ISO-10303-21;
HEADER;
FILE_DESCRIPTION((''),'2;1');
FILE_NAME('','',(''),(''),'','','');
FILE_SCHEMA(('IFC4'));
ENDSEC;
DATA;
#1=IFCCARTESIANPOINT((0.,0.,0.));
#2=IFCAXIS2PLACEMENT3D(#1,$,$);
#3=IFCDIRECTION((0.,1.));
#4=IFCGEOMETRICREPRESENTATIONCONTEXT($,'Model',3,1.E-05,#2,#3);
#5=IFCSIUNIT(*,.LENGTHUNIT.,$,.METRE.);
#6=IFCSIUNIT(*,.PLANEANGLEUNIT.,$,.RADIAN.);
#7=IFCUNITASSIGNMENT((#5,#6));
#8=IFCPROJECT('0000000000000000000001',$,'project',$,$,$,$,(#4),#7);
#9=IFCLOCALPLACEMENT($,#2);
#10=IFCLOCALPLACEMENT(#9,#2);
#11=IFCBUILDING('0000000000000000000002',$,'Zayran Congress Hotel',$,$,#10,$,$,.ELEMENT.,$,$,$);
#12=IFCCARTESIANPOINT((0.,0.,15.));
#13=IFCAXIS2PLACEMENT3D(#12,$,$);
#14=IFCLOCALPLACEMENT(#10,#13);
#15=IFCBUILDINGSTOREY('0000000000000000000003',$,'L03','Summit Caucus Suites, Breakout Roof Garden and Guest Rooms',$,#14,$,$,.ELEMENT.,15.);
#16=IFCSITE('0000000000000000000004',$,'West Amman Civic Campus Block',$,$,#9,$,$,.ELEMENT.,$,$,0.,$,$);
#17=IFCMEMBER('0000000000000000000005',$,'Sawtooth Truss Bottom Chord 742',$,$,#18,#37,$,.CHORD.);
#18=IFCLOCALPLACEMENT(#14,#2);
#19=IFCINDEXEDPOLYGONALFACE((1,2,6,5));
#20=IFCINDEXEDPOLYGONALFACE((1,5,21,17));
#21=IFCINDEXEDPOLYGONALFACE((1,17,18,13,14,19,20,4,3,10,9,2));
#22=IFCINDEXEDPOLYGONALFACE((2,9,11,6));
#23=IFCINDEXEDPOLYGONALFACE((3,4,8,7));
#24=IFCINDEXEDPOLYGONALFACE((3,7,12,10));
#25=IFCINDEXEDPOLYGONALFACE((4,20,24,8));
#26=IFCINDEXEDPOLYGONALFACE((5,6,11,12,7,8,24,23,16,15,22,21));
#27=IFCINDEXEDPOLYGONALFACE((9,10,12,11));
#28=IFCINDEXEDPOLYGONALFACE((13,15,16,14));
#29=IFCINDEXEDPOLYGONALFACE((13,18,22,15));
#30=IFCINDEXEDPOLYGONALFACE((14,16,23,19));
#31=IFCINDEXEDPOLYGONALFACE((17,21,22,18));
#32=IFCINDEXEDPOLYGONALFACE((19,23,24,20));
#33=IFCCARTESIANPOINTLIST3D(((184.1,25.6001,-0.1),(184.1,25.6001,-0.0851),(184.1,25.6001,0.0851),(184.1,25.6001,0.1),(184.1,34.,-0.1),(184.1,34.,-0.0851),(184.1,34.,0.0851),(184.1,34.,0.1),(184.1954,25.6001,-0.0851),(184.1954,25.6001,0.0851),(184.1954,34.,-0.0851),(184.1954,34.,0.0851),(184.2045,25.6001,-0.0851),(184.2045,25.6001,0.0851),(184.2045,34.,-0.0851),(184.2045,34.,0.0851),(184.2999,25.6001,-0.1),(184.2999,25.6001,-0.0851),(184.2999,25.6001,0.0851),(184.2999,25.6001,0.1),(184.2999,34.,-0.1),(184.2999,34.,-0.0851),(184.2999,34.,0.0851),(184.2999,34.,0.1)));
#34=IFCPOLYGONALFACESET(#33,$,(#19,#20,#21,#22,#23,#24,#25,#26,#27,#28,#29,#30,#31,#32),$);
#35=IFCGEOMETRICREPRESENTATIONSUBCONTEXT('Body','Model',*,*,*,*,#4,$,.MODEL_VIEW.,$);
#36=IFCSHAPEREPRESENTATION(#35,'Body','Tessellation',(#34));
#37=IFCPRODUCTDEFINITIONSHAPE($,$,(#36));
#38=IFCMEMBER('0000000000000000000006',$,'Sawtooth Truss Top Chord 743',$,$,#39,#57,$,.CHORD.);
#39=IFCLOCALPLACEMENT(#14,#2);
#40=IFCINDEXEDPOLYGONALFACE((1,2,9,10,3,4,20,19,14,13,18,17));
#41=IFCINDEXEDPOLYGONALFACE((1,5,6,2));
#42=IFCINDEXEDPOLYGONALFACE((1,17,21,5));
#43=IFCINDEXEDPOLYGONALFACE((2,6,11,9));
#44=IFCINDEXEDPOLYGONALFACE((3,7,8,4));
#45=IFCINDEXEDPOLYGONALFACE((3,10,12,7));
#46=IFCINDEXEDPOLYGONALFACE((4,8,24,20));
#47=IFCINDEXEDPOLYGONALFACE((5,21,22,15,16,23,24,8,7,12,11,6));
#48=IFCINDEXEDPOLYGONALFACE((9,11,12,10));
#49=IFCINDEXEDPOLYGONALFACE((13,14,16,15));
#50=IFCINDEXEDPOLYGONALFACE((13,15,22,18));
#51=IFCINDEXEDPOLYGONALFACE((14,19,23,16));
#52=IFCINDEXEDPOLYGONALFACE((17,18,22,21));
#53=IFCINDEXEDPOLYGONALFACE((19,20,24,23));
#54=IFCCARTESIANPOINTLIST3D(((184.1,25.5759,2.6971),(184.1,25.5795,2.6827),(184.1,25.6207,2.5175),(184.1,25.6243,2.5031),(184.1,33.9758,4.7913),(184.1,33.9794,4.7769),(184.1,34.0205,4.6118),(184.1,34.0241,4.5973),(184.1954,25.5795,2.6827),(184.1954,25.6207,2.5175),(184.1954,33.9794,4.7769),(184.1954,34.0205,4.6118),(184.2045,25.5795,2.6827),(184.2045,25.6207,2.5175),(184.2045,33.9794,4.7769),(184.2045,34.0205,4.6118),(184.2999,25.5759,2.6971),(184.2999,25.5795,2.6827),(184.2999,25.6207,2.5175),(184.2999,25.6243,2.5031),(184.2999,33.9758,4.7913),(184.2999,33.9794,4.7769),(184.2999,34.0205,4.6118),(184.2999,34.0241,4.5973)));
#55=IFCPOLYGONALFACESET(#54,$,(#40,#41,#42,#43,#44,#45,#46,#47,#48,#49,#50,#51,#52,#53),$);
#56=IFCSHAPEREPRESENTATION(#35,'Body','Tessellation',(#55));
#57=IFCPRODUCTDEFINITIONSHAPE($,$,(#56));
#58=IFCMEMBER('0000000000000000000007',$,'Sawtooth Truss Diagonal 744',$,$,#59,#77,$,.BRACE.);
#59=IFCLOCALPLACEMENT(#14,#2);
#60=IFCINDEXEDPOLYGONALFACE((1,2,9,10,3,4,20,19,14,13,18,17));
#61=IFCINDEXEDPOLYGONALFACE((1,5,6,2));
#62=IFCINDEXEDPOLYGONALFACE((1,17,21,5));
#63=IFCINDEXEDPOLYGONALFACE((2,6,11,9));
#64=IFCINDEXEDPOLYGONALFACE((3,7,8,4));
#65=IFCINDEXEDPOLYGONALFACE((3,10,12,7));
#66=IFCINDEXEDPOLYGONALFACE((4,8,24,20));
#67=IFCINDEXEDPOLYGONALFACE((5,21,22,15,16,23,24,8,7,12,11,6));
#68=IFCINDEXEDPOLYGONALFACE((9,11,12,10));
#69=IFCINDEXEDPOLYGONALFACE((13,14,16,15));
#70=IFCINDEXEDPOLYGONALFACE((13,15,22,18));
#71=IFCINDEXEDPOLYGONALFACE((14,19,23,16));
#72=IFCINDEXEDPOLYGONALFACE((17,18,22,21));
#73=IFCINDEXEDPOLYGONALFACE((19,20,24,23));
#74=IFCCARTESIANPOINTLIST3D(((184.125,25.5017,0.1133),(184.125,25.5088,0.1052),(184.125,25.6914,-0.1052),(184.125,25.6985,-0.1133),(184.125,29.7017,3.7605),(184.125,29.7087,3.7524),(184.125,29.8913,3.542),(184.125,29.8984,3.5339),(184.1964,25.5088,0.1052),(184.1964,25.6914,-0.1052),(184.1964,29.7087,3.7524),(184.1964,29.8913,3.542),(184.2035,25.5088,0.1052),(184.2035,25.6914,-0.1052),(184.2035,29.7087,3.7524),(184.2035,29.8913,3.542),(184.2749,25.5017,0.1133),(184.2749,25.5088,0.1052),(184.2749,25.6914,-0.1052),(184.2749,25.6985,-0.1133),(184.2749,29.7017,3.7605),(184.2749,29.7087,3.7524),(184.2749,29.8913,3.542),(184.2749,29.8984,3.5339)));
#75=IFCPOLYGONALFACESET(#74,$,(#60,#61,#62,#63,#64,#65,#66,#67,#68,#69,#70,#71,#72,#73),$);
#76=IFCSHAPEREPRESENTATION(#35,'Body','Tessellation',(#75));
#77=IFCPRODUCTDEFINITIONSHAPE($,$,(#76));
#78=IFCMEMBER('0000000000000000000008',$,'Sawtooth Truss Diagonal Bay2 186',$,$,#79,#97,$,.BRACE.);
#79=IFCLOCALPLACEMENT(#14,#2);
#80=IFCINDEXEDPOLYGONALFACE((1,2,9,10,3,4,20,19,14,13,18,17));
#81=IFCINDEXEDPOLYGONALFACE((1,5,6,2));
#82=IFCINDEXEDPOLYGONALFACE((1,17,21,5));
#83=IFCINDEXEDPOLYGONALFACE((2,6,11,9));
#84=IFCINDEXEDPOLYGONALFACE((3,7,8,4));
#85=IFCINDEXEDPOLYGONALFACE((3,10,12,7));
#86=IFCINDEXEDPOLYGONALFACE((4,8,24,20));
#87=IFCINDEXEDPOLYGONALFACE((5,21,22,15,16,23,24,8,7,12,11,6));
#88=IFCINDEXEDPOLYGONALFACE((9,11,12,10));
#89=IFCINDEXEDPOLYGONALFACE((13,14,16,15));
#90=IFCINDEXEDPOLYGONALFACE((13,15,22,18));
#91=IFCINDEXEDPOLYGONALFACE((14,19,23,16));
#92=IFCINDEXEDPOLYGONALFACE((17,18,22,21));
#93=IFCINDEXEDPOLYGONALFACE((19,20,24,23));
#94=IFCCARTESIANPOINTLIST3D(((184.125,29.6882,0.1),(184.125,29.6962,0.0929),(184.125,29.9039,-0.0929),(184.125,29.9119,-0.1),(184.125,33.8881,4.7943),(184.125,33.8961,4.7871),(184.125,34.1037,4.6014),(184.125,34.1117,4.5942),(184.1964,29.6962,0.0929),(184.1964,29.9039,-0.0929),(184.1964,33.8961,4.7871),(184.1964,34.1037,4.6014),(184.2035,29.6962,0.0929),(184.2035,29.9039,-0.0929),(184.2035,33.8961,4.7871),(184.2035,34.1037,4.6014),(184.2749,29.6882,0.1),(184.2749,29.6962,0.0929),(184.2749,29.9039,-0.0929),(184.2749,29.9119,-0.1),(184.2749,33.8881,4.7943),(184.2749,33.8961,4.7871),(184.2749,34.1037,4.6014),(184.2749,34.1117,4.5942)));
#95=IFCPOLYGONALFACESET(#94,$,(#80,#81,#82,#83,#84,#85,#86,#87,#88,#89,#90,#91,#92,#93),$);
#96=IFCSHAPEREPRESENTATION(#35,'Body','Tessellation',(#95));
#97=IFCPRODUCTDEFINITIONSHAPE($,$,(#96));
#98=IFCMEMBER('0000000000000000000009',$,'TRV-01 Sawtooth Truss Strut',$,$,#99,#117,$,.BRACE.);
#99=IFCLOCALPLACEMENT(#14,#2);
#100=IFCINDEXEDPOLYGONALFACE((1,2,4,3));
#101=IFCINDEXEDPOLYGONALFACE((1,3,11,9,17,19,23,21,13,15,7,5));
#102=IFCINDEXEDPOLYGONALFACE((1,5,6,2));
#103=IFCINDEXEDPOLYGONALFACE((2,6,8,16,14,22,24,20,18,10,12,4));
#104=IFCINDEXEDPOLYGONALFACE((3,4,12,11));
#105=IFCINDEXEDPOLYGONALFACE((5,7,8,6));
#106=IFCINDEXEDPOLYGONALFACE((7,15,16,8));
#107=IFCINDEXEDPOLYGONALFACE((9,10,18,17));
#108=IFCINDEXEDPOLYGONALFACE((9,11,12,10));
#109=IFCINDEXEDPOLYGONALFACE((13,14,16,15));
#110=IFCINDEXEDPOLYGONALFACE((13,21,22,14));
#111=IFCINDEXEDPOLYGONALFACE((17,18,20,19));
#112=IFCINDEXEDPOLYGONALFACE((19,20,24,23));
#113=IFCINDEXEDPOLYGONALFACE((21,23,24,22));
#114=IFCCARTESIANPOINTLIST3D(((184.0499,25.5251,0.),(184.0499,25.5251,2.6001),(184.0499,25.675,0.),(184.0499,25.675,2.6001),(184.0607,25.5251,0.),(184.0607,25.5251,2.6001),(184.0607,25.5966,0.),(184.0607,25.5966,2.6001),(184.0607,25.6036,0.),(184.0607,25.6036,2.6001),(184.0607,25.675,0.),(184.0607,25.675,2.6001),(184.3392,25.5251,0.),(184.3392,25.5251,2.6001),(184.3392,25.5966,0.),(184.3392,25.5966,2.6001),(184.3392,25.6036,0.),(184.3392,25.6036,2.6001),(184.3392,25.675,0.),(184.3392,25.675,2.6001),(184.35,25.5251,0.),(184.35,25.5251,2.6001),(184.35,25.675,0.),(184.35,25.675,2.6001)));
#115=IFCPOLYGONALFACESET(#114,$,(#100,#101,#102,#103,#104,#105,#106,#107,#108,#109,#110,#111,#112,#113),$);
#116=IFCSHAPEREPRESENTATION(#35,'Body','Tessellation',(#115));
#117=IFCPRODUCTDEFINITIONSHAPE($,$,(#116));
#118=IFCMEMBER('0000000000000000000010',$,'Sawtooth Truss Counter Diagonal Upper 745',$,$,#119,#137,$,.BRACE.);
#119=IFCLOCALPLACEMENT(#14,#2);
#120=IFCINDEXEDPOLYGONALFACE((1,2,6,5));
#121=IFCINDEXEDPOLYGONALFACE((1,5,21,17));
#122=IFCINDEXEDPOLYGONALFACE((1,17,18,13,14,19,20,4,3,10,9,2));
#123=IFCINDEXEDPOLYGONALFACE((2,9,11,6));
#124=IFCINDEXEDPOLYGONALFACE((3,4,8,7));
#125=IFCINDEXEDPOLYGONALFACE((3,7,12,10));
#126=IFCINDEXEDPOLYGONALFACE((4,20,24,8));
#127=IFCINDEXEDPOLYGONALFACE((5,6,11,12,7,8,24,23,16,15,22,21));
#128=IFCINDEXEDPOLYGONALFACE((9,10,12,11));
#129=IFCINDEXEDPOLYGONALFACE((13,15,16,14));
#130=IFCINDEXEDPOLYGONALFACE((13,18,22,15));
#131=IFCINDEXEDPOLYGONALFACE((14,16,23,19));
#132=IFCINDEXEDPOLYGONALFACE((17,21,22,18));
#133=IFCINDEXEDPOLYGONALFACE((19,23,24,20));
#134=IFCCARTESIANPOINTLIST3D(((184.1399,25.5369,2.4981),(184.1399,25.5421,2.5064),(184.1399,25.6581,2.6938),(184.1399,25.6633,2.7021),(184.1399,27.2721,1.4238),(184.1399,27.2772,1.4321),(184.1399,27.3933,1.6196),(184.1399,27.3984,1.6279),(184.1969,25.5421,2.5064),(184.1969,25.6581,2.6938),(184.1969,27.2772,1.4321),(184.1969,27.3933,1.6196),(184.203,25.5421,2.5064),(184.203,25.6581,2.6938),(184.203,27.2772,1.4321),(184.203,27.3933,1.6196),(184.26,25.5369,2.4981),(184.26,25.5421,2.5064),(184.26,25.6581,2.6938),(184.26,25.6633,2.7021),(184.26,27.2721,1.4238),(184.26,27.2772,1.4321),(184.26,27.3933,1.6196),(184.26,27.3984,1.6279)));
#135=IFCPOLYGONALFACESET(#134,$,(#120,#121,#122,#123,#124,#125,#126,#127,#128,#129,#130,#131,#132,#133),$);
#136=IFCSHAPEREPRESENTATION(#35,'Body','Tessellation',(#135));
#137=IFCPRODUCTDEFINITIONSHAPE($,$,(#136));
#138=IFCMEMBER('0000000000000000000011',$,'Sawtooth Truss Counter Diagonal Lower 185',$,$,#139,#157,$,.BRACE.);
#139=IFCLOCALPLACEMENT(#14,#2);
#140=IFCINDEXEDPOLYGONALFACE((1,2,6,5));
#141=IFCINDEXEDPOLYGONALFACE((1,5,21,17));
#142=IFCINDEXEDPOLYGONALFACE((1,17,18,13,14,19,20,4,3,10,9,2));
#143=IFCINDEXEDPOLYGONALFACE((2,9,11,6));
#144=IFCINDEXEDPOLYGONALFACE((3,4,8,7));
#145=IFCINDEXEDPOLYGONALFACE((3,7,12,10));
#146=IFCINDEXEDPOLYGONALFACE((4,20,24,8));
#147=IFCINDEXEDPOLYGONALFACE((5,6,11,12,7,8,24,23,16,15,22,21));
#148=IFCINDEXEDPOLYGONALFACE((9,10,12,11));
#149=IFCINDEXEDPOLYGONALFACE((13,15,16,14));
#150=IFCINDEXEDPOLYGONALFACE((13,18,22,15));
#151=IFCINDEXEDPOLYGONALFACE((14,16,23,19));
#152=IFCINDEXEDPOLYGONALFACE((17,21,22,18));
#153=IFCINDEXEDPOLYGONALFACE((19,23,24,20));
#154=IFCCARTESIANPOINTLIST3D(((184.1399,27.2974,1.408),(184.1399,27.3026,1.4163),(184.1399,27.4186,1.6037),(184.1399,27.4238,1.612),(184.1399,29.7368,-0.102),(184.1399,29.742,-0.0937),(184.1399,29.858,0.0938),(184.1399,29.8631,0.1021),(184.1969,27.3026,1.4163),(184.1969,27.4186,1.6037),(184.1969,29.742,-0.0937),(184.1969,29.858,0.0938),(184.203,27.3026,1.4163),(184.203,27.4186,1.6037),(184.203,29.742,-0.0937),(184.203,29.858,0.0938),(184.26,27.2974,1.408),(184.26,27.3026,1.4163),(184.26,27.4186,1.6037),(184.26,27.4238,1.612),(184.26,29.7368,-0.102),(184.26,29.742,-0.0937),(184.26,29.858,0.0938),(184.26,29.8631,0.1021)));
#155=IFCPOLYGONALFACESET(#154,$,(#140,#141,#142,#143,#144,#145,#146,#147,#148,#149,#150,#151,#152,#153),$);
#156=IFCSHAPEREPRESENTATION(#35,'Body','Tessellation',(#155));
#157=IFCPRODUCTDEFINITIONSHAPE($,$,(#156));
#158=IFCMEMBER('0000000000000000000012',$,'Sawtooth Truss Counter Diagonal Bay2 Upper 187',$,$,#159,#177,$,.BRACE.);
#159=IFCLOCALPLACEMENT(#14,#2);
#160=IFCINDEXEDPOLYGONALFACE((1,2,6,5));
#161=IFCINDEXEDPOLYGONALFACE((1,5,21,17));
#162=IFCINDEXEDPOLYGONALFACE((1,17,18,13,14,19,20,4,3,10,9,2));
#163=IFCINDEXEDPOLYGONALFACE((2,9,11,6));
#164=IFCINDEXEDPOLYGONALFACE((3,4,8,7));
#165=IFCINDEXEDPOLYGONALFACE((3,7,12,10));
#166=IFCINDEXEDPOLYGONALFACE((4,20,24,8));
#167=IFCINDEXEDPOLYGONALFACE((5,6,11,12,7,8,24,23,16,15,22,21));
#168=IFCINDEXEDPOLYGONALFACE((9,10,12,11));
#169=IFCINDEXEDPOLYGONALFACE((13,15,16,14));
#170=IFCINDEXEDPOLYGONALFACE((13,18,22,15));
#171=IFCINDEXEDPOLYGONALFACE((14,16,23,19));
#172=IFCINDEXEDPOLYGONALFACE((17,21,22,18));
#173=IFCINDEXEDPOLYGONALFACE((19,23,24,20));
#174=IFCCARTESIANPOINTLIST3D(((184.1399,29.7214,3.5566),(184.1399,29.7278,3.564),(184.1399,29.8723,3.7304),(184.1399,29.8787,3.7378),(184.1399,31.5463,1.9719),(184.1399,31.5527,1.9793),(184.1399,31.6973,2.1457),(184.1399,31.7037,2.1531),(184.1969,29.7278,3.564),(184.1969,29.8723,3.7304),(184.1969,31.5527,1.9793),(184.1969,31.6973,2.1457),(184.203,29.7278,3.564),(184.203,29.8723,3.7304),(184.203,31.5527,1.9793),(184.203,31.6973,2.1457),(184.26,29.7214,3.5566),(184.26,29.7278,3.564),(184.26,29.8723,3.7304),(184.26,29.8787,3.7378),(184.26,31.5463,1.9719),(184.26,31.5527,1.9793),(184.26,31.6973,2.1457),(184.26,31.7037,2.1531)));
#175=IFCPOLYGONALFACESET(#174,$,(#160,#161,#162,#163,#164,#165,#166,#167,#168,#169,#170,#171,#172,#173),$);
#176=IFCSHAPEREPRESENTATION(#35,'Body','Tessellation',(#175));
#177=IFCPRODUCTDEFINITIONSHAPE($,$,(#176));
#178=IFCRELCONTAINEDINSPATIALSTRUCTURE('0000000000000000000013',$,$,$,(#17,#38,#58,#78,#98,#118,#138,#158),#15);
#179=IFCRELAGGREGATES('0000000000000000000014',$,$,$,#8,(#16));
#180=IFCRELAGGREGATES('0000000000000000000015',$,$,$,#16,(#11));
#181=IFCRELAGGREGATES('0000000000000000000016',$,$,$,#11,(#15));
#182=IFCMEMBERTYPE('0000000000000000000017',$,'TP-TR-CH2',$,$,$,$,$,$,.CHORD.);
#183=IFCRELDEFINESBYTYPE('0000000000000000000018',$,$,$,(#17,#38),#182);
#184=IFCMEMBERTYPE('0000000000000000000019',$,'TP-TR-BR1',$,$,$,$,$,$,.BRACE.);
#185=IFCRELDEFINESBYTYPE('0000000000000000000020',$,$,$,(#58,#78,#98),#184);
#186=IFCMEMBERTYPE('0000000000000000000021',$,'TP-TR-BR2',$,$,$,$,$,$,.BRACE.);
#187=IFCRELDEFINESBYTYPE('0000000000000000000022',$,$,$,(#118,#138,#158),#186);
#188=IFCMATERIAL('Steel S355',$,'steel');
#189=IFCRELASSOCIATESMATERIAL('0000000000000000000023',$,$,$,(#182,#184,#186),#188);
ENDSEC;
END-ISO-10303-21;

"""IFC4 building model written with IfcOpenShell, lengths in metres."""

from ifc_helpers import new_model, si_unit, direction, frame, origin, origin_2d, place, context, subcontext, project, spatial, i_section, extrude, material, material_profile, profile_set, type_object, element, save


model = new_model("IFC4")

# Units and contexts
model_context = context("Model", 3, precision=1e-05, world=origin(), true_north=direction((0.0, 1.0)))
body_context = subcontext(model_context, "Body", "Model", "MODEL_VIEW")
ifc_project = project(units=[si_unit("LENGTHUNIT", "METRE"), si_unit("PLANEANGLEUNIT", "RADIAN")], contexts=[model_context])

# Site, building, storey
site_placement = place(None, origin())
site = spatial("IfcSite", under=ifc_project, at=site_placement, Name="West Amman Civic Campus Block", CompositionType="ELEMENT", RefElevation=0.0)
building_placement = place(site_placement, origin())
building = spatial("IfcBuilding", under=site, at=building_placement, Name="Zayran Congress Hotel", CompositionType="ELEMENT")
storey_placement = place(building_placement, frame((0.0, 0.0, 15.0)))
storey = spatial("IfcBuildingStorey", under=building, at=storey_placement, Name="L03", Description="Summit Caucus Suites, Breakout Roof Garden and Guest Rooms", CompositionType="ELEMENT", Elevation=15.0)

# Members
ifc_material_1 = material(Name="Steel S355", Category="steel")
ifc_material_profile_1 = material_profile(ifc_material_1, i_section(OverallWidth=0.2, OverallDepth=0.2, WebThickness=0.009, FlangeThickness=0.0149, at=origin_2d()), Name="HEB 200")
ifc_profile_set_1 = profile_set([ifc_material_profile_1], Name="Steel S355")
member_type_1 = type_object("IfcMemberType", Name="TP-TR-CH2", PredefinedType="CHORD", material=ifc_profile_set_1)
member_1_placement = place(storey_placement, frame((184.2, 25.6001, 0.0), z_axis=(0.0, 1.0, 0.0), x_axis=(-1.0, 0.0, 0.0)))
element("IfcMember", 1, at=member_1_placement, inside=storey, type_object=member_type_1, Name="Sawtooth Truss Bottom Chord 742", PredefinedType="CHORD", context=body_context, shape_type="SweptSolid", body=[
    extrude(i_section(OverallWidth=0.2, OverallDepth=0.2, WebThickness=0.009, FlangeThickness=0.0149, at=origin_2d()), origin(), (0.0, 0.0, 1.0), 8.3999),
])
member_2_placement = place(storey_placement, frame((184.2, 25.6001, 2.6001), z_axis=(0.0, 0.970298, 0.241912), x_axis=(-1.0, 0.0, 0.0)))
element("IfcMember", 2, at=member_2_placement, inside=storey, type_object=member_type_1, Name="Sawtooth Truss Top Chord 743", PredefinedType="CHORD", context=body_context, shape_type="SweptSolid", body=[
    extrude(i_section(OverallWidth=0.2, OverallDepth=0.2, WebThickness=0.009, FlangeThickness=0.0149, at=origin_2d()), origin(), (0.0, 0.0, 1.0), 8.657),
])
ifc_material_profile_2 = material_profile(ifc_material_1, i_section(OverallWidth=0.1499, OverallDepth=0.3, WebThickness=0.0071, FlangeThickness=0.0107, at=origin_2d()), Name="IPE 300")
ifc_profile_set_2 = profile_set([ifc_material_profile_2], Name="Steel S355")
member_type_2 = type_object("IfcMemberType", Name="TP-TR-BR1", PredefinedType="BRACE", material=ifc_profile_set_2)
member_3_placement = place(storey_placement, frame((184.2, 25.6001, 0.0), z_axis=(0.0, 0.755043, 0.655675), x_axis=(-1.0, 0.0, 0.0)))
element("IfcMember", 3, at=member_3_placement, inside=storey, type_object=member_type_2, Name="Sawtooth Truss Diagonal 744", PredefinedType="BRACE", context=body_context, shape_type="SweptSolid", body=[
    extrude(i_section(OverallWidth=0.1499, OverallDepth=0.3, WebThickness=0.0071, FlangeThickness=0.0107, at=origin_2d()), origin(), (0.0, 0.0, 1.0), 5.5625),
])
member_4_placement = place(storey_placement, frame((184.2, 29.8, 0.0), z_axis=(0.0, 0.666773, 0.745261), x_axis=(-1.0, 0.0, 0.0)))
element("IfcMember", 4, at=member_4_placement, inside=storey, type_object=member_type_2, Name="Sawtooth Truss Diagonal Bay2 186", PredefinedType="BRACE", context=body_context, shape_type="SweptSolid", body=[
    extrude(i_section(OverallWidth=0.1499, OverallDepth=0.3, WebThickness=0.0071, FlangeThickness=0.0107, at=origin_2d()), origin(), (0.0, 0.0, 1.0), 6.2988),
])
member_5_placement = place(storey_placement, frame((184.2, 25.6001, 0.0), z_axis=(0.0, 0.0, 1.0), x_axis=(0.0, 1.0, 0.0)))
element("IfcMember", 5, at=member_5_placement, inside=storey, type_object=member_type_2, Name="TRV-01 Sawtooth Truss Strut", PredefinedType="BRACE", context=body_context, shape_type="SweptSolid", body=[
    extrude(i_section(OverallWidth=0.1499, OverallDepth=0.3, WebThickness=0.0071, FlangeThickness=0.0107, at=origin_2d()), origin(), (0.0, 0.0, 1.0), 2.6001),
])
ifc_material_profile_3 = material_profile(ifc_material_1, i_section(OverallWidth=0.1201, OverallDepth=0.24, WebThickness=0.0061, FlangeThickness=0.0098, at=origin_2d()), Name="IPE 240")
ifc_profile_set_3 = profile_set([ifc_material_profile_3], Name="Steel S355")
member_type_3 = type_object("IfcMemberType", Name="TP-TR-BR2", PredefinedType="BRACE", material=ifc_profile_set_3)
member_6_placement = place(storey_placement, frame((184.2, 25.6001, 2.6001), z_axis=(0.0, 0.850242, -0.526392), x_axis=(-1.0, 0.0, 0.0)))
element("IfcMember", 6, at=member_6_placement, inside=storey, type_object=member_type_3, Name="Sawtooth Truss Counter Diagonal Upper 745", PredefinedType="BRACE", context=body_context, shape_type="SweptSolid", body=[
    extrude(i_section(OverallWidth=0.1201, OverallDepth=0.24, WebThickness=0.0061, FlangeThickness=0.0098, at=origin_2d()), origin(), (0.0, 0.0, 1.0), 2.0408),
])
member_7_placement = place(storey_placement, frame((184.2, 27.3606, 1.51), z_axis=(0.0, 0.850285, -0.526322), x_axis=(-1.0, 0.0, 0.0)))
element("IfcMember", 7, at=member_7_placement, inside=storey, type_object=member_type_3, Name="Sawtooth Truss Counter Diagonal Lower 185", PredefinedType="BRACE", context=body_context, shape_type="SweptSolid", body=[
    extrude(i_section(OverallWidth=0.1201, OverallDepth=0.24, WebThickness=0.0061, FlangeThickness=0.0098, at=origin_2d()), origin(), (0.0, 0.0, 1.0), 2.8689),
])
member_8_placement = place(storey_placement, frame((184.2, 29.8, 3.6472), z_axis=(0.0, 0.755055, -0.655661), x_axis=(-1.0, 0.0, 0.0)))
element("IfcMember", 8, at=member_8_placement, inside=storey, type_object=member_type_3, Name="Sawtooth Truss Counter Diagonal Bay2 Upper 187", PredefinedType="BRACE", context=body_context, shape_type="SweptSolid", body=[
    extrude(i_section(OverallWidth=0.1201, OverallDepth=0.24, WebThickness=0.0061, FlangeThickness=0.0098, at=origin_2d()), origin(), (0.0, 0.0, 1.0), 2.417),
])

save(model, "model.ifc")
